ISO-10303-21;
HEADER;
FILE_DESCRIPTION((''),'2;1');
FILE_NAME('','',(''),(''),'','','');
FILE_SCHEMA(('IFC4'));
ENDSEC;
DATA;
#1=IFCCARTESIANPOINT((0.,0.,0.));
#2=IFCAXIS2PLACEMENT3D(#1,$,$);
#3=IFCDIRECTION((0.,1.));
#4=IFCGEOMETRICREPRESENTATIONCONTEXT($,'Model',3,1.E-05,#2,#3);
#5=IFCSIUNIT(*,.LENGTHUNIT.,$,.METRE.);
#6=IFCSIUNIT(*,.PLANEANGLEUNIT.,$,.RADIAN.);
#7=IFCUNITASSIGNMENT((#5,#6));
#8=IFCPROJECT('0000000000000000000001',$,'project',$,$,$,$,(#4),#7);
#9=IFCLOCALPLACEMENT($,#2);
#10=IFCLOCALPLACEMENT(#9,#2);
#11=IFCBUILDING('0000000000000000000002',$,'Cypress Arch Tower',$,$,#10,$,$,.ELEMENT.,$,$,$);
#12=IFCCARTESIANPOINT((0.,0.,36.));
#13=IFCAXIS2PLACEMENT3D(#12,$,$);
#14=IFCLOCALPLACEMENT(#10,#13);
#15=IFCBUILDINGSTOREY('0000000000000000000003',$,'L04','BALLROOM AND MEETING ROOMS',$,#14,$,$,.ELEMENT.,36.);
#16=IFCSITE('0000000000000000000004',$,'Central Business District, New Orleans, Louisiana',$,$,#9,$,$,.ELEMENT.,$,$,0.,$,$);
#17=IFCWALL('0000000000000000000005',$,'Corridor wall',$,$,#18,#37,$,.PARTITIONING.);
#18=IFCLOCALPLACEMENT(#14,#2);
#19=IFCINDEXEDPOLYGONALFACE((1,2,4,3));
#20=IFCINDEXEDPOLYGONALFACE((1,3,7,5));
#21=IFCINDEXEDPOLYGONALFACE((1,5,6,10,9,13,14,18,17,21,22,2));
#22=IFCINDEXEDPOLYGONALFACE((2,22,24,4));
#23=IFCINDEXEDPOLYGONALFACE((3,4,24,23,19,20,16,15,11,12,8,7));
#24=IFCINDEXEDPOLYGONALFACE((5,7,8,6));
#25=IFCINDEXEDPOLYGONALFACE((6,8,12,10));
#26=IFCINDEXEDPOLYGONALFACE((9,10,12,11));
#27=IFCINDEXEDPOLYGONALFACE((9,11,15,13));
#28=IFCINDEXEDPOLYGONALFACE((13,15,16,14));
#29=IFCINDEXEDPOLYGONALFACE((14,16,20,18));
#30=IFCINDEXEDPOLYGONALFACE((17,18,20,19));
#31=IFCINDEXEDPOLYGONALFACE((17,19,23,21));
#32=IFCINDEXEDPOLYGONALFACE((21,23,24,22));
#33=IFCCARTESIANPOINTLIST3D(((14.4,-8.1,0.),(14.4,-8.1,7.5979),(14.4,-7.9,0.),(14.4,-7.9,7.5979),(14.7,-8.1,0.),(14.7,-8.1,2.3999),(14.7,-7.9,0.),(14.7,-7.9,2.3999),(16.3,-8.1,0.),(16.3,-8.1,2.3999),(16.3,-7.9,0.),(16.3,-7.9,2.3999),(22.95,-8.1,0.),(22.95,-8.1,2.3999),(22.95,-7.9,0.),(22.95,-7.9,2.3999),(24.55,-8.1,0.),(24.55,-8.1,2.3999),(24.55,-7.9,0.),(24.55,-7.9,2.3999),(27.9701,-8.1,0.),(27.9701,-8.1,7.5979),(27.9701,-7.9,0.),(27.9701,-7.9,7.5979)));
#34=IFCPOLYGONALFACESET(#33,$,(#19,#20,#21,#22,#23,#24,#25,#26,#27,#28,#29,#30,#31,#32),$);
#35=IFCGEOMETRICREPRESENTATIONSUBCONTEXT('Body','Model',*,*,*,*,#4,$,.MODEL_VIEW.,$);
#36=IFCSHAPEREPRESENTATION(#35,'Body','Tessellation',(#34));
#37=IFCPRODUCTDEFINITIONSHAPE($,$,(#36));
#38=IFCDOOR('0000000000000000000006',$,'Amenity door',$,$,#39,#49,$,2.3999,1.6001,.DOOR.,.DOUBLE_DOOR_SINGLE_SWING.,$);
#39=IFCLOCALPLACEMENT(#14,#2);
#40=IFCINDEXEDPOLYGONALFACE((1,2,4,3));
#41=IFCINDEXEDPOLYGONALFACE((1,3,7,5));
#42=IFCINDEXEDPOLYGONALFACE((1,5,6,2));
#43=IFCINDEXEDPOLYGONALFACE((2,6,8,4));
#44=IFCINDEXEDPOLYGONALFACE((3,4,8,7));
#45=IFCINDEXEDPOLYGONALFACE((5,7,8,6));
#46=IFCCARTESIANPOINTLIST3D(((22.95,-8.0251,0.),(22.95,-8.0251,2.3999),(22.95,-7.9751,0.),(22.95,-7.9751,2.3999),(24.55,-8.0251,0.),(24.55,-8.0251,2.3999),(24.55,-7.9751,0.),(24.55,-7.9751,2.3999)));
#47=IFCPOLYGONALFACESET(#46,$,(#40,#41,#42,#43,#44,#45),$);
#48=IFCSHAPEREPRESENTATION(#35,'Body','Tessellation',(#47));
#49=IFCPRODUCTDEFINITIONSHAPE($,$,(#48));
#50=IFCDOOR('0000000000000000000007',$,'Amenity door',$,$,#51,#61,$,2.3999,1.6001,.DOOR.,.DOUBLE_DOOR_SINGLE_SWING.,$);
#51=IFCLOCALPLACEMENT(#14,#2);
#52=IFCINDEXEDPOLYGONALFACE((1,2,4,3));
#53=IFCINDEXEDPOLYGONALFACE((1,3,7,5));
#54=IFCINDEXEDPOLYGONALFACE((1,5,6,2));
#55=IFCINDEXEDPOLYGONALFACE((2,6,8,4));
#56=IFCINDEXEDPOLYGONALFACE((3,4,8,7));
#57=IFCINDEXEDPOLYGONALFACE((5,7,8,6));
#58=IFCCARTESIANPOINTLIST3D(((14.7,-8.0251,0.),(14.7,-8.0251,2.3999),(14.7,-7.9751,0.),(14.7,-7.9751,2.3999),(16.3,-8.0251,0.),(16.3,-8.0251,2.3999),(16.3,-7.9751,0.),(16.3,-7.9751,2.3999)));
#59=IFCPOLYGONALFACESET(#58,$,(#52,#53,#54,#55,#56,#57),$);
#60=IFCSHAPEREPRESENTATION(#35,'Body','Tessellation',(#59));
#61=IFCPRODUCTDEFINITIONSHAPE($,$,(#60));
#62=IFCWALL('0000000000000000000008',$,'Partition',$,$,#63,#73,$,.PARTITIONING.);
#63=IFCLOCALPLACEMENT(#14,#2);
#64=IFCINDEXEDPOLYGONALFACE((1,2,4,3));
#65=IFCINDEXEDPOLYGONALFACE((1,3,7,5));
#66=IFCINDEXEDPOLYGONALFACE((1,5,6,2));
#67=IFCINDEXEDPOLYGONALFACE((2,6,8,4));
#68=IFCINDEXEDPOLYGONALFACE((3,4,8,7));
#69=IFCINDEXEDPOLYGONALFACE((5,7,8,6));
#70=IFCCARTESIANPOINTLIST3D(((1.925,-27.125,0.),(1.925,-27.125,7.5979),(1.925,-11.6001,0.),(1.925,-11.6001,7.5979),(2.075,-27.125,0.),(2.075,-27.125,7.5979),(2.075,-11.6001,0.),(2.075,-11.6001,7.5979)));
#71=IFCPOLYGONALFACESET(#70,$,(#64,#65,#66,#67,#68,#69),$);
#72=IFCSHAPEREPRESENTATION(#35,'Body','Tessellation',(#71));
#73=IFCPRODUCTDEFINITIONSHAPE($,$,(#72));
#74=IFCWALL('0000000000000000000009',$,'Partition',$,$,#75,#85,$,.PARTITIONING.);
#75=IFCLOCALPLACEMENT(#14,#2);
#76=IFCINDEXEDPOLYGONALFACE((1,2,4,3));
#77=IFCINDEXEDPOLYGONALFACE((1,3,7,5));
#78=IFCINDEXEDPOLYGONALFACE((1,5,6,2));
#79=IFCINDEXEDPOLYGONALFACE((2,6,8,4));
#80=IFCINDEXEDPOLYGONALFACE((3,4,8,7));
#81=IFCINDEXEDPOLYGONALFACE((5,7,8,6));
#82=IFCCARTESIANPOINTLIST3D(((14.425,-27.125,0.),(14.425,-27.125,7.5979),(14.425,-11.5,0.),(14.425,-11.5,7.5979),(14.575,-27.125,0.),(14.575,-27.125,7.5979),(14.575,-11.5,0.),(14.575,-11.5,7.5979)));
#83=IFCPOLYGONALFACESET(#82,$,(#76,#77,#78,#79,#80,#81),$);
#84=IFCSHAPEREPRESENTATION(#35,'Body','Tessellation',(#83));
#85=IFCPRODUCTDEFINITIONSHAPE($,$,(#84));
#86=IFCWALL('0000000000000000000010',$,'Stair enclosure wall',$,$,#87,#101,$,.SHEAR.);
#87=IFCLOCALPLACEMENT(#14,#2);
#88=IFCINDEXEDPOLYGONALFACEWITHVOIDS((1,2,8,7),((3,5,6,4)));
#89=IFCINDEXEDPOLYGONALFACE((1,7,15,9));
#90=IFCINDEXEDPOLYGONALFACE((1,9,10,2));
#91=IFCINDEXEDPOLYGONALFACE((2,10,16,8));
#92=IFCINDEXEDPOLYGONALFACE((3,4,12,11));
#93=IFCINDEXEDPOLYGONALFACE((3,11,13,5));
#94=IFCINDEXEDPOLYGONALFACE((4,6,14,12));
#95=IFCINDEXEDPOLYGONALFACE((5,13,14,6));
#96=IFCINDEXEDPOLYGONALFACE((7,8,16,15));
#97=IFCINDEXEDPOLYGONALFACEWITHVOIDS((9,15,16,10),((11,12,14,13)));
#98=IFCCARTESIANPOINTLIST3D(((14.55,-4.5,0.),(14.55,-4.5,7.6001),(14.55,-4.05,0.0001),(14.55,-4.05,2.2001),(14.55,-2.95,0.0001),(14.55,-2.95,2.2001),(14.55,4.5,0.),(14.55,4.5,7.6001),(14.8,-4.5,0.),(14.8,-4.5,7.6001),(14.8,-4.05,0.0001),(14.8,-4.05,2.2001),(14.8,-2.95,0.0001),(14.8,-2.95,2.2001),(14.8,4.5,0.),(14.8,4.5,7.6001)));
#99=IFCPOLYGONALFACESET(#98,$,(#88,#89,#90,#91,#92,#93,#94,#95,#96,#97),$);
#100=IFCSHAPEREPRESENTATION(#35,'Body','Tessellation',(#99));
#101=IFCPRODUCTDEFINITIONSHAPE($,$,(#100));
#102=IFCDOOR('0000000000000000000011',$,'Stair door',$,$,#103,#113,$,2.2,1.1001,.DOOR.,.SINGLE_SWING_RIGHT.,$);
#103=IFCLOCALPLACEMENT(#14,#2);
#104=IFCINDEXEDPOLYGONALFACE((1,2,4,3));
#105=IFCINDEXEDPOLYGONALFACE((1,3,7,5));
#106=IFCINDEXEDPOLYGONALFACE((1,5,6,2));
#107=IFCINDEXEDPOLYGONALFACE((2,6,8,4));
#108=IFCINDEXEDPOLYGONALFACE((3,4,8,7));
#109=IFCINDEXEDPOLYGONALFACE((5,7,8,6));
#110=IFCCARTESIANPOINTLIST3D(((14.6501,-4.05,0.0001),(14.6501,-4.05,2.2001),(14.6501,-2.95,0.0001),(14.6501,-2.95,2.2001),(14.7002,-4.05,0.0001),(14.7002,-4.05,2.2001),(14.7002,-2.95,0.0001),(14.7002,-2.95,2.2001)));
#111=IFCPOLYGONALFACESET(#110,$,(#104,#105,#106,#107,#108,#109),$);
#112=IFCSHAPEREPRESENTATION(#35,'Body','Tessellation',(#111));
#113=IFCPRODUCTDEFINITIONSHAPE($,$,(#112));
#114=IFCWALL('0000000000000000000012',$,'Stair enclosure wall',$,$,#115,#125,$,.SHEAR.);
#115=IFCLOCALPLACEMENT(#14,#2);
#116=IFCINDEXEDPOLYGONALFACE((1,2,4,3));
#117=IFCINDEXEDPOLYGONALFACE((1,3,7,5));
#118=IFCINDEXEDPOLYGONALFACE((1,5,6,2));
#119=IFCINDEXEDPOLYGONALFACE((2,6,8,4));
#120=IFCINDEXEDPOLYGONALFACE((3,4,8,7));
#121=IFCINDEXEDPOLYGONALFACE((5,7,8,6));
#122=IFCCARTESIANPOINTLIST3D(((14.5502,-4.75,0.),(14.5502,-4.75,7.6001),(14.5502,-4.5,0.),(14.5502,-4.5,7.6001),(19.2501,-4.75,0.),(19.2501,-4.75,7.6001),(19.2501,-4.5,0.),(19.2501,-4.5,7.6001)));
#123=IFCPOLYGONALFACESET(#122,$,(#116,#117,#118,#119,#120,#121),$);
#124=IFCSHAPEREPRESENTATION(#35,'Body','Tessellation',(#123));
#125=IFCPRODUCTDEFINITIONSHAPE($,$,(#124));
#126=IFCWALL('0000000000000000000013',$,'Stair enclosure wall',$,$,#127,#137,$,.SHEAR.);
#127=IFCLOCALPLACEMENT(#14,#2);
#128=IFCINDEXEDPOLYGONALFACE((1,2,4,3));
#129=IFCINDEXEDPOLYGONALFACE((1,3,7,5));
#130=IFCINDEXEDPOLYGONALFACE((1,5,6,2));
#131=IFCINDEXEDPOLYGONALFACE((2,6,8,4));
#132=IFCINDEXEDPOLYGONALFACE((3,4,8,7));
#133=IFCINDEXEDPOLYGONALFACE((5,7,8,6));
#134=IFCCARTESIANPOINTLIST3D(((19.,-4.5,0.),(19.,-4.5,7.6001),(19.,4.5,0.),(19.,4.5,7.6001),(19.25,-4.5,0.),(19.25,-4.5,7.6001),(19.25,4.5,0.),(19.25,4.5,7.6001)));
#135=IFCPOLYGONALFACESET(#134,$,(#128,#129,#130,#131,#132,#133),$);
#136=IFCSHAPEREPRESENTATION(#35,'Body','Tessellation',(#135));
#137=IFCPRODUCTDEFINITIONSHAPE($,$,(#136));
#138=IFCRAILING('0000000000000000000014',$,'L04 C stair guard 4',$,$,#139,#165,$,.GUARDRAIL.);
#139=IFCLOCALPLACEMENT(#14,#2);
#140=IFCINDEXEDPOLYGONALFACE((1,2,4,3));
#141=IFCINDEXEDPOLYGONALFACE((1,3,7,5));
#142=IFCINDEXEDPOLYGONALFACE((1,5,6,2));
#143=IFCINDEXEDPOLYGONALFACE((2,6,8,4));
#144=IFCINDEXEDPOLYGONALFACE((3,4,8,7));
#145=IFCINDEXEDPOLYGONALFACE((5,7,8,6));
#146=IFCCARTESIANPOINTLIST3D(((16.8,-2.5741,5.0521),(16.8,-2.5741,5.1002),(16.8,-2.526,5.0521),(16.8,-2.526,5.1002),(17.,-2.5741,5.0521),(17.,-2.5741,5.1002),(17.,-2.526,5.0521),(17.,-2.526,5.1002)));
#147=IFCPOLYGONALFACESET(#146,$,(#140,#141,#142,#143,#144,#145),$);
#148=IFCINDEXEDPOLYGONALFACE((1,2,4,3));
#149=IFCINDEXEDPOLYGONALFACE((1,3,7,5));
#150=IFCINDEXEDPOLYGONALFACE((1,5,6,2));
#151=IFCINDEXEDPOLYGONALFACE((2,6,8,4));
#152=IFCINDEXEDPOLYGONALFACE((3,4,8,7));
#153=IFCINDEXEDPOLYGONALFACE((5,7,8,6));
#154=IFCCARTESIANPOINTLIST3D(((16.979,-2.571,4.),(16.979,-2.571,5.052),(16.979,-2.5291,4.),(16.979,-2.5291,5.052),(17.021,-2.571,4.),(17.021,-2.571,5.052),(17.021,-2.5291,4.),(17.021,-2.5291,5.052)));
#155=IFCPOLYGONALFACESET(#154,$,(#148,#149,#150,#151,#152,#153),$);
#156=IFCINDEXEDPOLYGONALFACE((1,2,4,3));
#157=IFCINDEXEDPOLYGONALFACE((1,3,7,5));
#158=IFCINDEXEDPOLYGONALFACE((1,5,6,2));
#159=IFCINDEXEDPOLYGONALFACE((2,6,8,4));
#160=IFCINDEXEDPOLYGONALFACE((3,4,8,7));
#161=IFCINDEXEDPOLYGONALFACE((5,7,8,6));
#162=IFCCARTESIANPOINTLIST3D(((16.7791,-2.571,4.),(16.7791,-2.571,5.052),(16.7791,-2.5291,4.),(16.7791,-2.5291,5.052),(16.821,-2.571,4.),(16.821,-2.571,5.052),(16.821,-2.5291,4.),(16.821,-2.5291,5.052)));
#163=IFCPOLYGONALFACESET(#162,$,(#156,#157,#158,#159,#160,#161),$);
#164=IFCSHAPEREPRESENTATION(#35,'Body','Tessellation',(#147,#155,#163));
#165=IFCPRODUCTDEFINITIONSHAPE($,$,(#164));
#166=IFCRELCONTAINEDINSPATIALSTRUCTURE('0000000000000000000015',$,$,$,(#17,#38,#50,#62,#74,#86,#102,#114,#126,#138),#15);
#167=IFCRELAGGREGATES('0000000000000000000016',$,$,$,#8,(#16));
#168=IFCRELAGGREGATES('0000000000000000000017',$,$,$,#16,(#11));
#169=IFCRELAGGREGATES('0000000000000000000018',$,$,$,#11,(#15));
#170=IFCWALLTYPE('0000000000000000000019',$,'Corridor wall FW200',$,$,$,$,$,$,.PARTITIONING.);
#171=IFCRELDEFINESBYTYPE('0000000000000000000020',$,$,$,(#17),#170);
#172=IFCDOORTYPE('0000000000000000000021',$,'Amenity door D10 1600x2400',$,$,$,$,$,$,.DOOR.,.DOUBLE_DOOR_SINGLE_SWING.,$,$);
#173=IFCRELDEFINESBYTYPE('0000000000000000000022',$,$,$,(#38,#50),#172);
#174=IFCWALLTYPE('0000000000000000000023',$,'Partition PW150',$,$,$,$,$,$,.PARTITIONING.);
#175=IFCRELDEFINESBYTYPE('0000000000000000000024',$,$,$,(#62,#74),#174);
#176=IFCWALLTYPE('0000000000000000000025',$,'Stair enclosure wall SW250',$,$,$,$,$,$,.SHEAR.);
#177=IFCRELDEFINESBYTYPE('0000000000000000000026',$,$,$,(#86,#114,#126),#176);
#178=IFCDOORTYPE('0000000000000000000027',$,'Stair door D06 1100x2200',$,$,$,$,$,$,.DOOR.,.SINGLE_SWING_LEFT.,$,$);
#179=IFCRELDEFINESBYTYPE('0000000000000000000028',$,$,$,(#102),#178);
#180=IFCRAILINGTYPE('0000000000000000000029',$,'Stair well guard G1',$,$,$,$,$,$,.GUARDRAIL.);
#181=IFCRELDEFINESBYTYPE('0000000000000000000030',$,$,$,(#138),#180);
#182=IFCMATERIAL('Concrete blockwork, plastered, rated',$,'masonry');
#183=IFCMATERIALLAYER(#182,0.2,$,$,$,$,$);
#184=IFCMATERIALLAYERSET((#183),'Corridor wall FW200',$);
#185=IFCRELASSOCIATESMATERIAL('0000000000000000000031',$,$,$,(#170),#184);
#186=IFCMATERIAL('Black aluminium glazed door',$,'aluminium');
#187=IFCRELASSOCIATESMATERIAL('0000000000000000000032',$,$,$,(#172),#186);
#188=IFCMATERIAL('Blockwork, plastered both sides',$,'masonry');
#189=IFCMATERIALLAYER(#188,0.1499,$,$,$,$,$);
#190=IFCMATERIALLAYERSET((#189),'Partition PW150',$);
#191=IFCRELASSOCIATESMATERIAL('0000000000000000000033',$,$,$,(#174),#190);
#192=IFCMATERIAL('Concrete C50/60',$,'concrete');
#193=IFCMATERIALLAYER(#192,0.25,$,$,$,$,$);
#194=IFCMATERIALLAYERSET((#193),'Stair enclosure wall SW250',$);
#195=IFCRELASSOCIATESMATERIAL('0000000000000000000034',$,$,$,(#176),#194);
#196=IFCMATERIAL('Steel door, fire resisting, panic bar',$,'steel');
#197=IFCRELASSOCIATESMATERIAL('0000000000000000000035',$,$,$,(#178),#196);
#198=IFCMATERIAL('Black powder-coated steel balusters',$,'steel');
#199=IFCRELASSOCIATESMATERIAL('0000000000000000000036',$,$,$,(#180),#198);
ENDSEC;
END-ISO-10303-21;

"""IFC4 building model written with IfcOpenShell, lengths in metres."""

from ifc_helpers import new_model, si_unit, direction, frame, frame_2d, origin, origin_2d, place, context, subcontext, project, spatial, rectangle, extrude, material, layer, layer_set, type_object, element, fill, save


model = new_model("IFC4")

# Units and contexts
model_context = context("Model", 3, precision=1e-05, world=origin(), true_north=direction((0.0, 1.0)))
body_context = subcontext(model_context, "Body", "Model", "MODEL_VIEW")
ifc_project = project(units=[si_unit("LENGTHUNIT", "METRE"), si_unit("PLANEANGLEUNIT", "RADIAN")], contexts=[model_context])

# Site, building, storey
site_placement = place(None, origin())
site = spatial("IfcSite", under=ifc_project, at=site_placement, Name="Central Business District, New Orleans, Louisiana", CompositionType="ELEMENT", RefElevation=0.0)
building_placement = place(site_placement, origin())
building = spatial("IfcBuilding", under=site, at=building_placement, Name="Cypress Arch Tower", CompositionType="ELEMENT")
storey_placement = place(building_placement, frame((0.0, 0.0, 36.0)))
storey = spatial("IfcBuildingStorey", under=building, at=storey_placement, Name="L04", Description="BALLROOM AND MEETING ROOMS", CompositionType="ELEMENT", Elevation=36.0)

# Shared definitions
ifc_material_1 = material(Name="Concrete blockwork, plastered, rated", Category="masonry")
ifc_layer_1 = layer(ifc_material_1, 0.2)
ifc_layer_set_1 = layer_set([ifc_layer_1], Name="Corridor wall FW200")
wall_type_1 = type_object("IfcWallType", Name="Corridor wall FW200", PredefinedType="PARTITIONING", material=ifc_layer_set_1)

# Shared definitions
ifc_material_2 = material(Name="Black aluminium glazed door", Category="aluminium")
door_type_1 = type_object("IfcDoorType", Name="Amenity door D10 1600x2400", OperationType="DOUBLE_DOOR_SINGLE_SWING", PredefinedType="DOOR", material=ifc_material_2)

# Wall, openings, doors
wall_1_placement = place(storey_placement, frame((14.3999, -8.0, 0.0), z_axis=(0.0, 0.0, 1.0), x_axis=(1.0, 0.0, 0.0)))
wall_1 = element("IfcWall", 1, at=wall_1_placement, inside=storey, type_object=wall_type_1, Name="Corridor wall", PredefinedType="PARTITIONING", context=body_context, shape_type="SweptSolid", body=[
    extrude(rectangle(XDim=13.5701, YDim=0.2, at=frame_2d((6.7852, 0.0))), origin(), (0.0, 0.0, 1.0), 7.5979),
])
opening_1_placement = place(wall_1_placement, frame((8.55, 0.0, 0.0)))
opening_1 = element("IfcOpeningElement", 2, at=opening_1_placement, cuts=wall_1, PredefinedType="OPENING", context=body_context, shape_type="SweptSolid", body=[
    extrude(rectangle(XDim=1.6001, YDim=2.3999, at=frame_2d((0.8, 1.2))), frame((0.0, 0.1099, 0.0), z_axis=(0.0, -1.0, 0.0), x_axis=(1.0, 0.0, 0.0)), (0.0, 0.0, 1.0), 0.22),
])
opening_2_placement = place(wall_1_placement, frame((0.3, 0.0, 0.0)))
opening_2 = element("IfcOpeningElement", 3, at=opening_2_placement, cuts=wall_1, PredefinedType="OPENING", context=body_context, shape_type="SweptSolid", body=[
    extrude(rectangle(XDim=1.6001, YDim=2.3999, at=frame_2d((0.8, 1.2))), frame((0.0, 0.1099, 0.0), z_axis=(0.0, -1.0, 0.0), x_axis=(1.0, 0.0, 0.0)), (0.0, 0.0, 1.0), 0.22),
])
door_1_placement = place(opening_1_placement, origin())
door_1 = element("IfcDoor", 4, at=door_1_placement, inside=storey, type_object=door_type_1, Name="Amenity door", OperationType="DOUBLE_DOOR_SINGLE_SWING", OverallHeight=2.3999, OverallWidth=1.6001, PredefinedType="DOOR", context=body_context, shape_type="SweptSolid", body=[
    extrude(rectangle(XDim=1.6001, YDim=2.3999, at=frame_2d((0.8, 1.2))), frame((0.0, 0.0249, 0.0), z_axis=(0.0, -1.0, 0.0), x_axis=(1.0, 0.0, 0.0)), (0.0, 0.0, 1.0), 0.05),
])
fill(opening_1, door_1)
door_2_placement = place(opening_2_placement, origin())
door_2 = element("IfcDoor", 5, at=door_2_placement, inside=storey, type_object=door_type_1, Name="Amenity door", OperationType="DOUBLE_DOOR_SINGLE_SWING", OverallHeight=2.3999, OverallWidth=1.6001, PredefinedType="DOOR", context=body_context, shape_type="SweptSolid", body=[
    extrude(rectangle(XDim=1.6001, YDim=2.3999, at=frame_2d((0.8, 1.2))), frame((0.0, 0.0249, 0.0), z_axis=(0.0, -1.0, 0.0), x_axis=(1.0, 0.0, 0.0)), (0.0, 0.0, 1.0), 0.05),
])
fill(opening_2, door_2)

# Walls
ifc_material_3 = material(Name="Blockwork, plastered both sides", Category="masonry")
ifc_layer_2 = layer(ifc_material_3, 0.1499)
ifc_layer_set_2 = layer_set([ifc_layer_2], Name="Partition PW150")
wall_type_2 = type_object("IfcWallType", Name="Partition PW150", PredefinedType="PARTITIONING", material=ifc_layer_set_2)
wall_2_placement = place(storey_placement, frame((2.0, -27.125, 0.0), z_axis=(0.0, 0.0, 1.0), x_axis=(0.0, 1.0, 0.0)))
element("IfcWall", 6, at=wall_2_placement, inside=storey, type_object=wall_type_2, Name="Partition", PredefinedType="PARTITIONING", context=body_context, shape_type="SweptSolid", body=[
    extrude(rectangle(XDim=15.5249, YDim=0.1499, at=frame_2d((7.7625, 0.0))), origin(), (0.0, 0.0, 1.0), 7.5979),
])
wall_3_placement = place(storey_placement, frame((14.5, -27.125, 0.0), z_axis=(0.0, 0.0, 1.0), x_axis=(0.0, 1.0, 0.0)))
element("IfcWall", 7, at=wall_3_placement, inside=storey, type_object=wall_type_2, Name="Partition", PredefinedType="PARTITIONING", context=body_context, shape_type="SweptSolid", body=[
    extrude(rectangle(XDim=15.625, YDim=0.1499, at=frame_2d((7.8125, 0.0))), origin(), (0.0, 0.0, 1.0), 7.5979),
])

# Wall, opening, door
ifc_material_4 = material(Name="Concrete C50/60", Category="concrete")
ifc_layer_3 = layer(ifc_material_4, 0.25)
ifc_layer_set_3 = layer_set([ifc_layer_3], Name="Stair enclosure wall SW250")
wall_type_3 = type_object("IfcWallType", Name="Stair enclosure wall SW250", PredefinedType="SHEAR", material=ifc_layer_set_3)
wall_4_placement = place(storey_placement, frame((14.675, -4.5, 0.0), z_axis=(0.0, 0.0, 1.0), x_axis=(0.0, 1.0, 0.0)))
wall_4 = element("IfcWall", 8, at=wall_4_placement, inside=storey, type_object=wall_type_3, Name="Stair enclosure wall", PredefinedType="SHEAR", context=body_context, shape_type="SweptSolid", body=[
    extrude(rectangle(XDim=9.0, YDim=0.25, at=frame_2d((4.5, 0.0))), origin(), (0.0, 0.0, 1.0), 7.6001),
])
opening_3_placement = place(wall_4_placement, frame((0.45, 0.0, 0.0)))
opening_3 = element("IfcOpeningElement", 9, at=opening_3_placement, cuts=wall_4, PredefinedType="OPENING", context=body_context, shape_type="SweptSolid", body=[
    extrude(rectangle(XDim=1.1001, YDim=2.2, at=frame_2d((0.55, 1.1001))), frame((0.0, 0.135, 0.0), z_axis=(0.0, -1.0, 0.0), x_axis=(1.0, 0.0, 0.0)), (0.0, 0.0, 1.0), 0.27),
])
ifc_material_5 = material(Name="Steel door, fire resisting, panic bar", Category="steel")
door_type_2 = type_object("IfcDoorType", Name="Stair door D06 1100x2200", OperationType="SINGLE_SWING_LEFT", PredefinedType="DOOR", material=ifc_material_5)
door_3_placement = place(opening_3_placement, origin())
door_3 = element("IfcDoor", 10, at=door_3_placement, inside=storey, type_object=door_type_2, Name="Stair door", OperationType="SINGLE_SWING_RIGHT", OverallHeight=2.2, OverallWidth=1.1001, PredefinedType="DOOR", context=body_context, shape_type="SweptSolid", body=[
    extrude(rectangle(XDim=1.1001, YDim=2.2, at=frame_2d((0.55, 1.1001))), frame((0.0, 0.0249, 0.0), z_axis=(0.0, -1.0, 0.0), x_axis=(1.0, 0.0, 0.0)), (0.0, 0.0, 1.0), 0.05),
])
fill(opening_3, door_3)

# Walls
wall_5_placement = place(storey_placement, frame((14.55, -4.625, 0.0), z_axis=(0.0, 0.0, 1.0), x_axis=(1.0, 0.0, 0.0)))
element("IfcWall", 11, at=wall_5_placement, inside=storey, type_object=wall_type_3, Name="Stair enclosure wall", PredefinedType="SHEAR", context=body_context, shape_type="SweptSolid", body=[
    extrude(rectangle(XDim=4.7, YDim=0.25, at=frame_2d((2.3501, 0.0))), origin(), (0.0, 0.0, 1.0), 7.6001),
])
wall_6_placement = place(storey_placement, frame((19.125, -4.5, 0.0), z_axis=(0.0, 0.0, 1.0), x_axis=(0.0, 1.0, 0.0)))
element("IfcWall", 12, at=wall_6_placement, inside=storey, type_object=wall_type_3, Name="Stair enclosure wall", PredefinedType="SHEAR", context=body_context, shape_type="SweptSolid", body=[
    extrude(rectangle(XDim=9.0, YDim=0.25, at=frame_2d((4.5, 0.0))), origin(), (0.0, 0.0, 1.0), 7.6001),
])

# Railing
ifc_material_6 = material(Name="Black powder-coated steel balusters", Category="steel")
railing_type_1 = type_object("IfcRailingType", Name="Stair well guard G1", PredefinedType="GUARDRAIL", material=ifc_material_6)
railing_1_placement = place(storey_placement, frame((17.0, -2.55, 4.0)))
element("IfcRailing", 13, at=railing_1_placement, inside=storey, type_object=railing_type_1, Name="L04 C stair guard 4", PredefinedType="GUARDRAIL", context=body_context, shape_type="SweptSolid", body=[
    extrude(rectangle(XDim=0.0481, YDim=0.0481, at=origin_2d()), frame((0.0, 0.0, 1.0762), z_axis=(-1.0, 0.0, 0.0), x_axis=(0.0, -1.0, 0.0)), (0.0, 0.0, 1.0), 0.2),
    extrude(rectangle(XDim=0.042, YDim=0.042, at=origin_2d()), origin(), (0.0, 0.0, 1.0), 1.052),
    extrude(rectangle(XDim=0.042, YDim=0.042, at=origin_2d()), frame((-0.2, 0.0, 0.0)), (0.0, 0.0, 1.0), 1.052),
])

save(model, "model.ifc")
